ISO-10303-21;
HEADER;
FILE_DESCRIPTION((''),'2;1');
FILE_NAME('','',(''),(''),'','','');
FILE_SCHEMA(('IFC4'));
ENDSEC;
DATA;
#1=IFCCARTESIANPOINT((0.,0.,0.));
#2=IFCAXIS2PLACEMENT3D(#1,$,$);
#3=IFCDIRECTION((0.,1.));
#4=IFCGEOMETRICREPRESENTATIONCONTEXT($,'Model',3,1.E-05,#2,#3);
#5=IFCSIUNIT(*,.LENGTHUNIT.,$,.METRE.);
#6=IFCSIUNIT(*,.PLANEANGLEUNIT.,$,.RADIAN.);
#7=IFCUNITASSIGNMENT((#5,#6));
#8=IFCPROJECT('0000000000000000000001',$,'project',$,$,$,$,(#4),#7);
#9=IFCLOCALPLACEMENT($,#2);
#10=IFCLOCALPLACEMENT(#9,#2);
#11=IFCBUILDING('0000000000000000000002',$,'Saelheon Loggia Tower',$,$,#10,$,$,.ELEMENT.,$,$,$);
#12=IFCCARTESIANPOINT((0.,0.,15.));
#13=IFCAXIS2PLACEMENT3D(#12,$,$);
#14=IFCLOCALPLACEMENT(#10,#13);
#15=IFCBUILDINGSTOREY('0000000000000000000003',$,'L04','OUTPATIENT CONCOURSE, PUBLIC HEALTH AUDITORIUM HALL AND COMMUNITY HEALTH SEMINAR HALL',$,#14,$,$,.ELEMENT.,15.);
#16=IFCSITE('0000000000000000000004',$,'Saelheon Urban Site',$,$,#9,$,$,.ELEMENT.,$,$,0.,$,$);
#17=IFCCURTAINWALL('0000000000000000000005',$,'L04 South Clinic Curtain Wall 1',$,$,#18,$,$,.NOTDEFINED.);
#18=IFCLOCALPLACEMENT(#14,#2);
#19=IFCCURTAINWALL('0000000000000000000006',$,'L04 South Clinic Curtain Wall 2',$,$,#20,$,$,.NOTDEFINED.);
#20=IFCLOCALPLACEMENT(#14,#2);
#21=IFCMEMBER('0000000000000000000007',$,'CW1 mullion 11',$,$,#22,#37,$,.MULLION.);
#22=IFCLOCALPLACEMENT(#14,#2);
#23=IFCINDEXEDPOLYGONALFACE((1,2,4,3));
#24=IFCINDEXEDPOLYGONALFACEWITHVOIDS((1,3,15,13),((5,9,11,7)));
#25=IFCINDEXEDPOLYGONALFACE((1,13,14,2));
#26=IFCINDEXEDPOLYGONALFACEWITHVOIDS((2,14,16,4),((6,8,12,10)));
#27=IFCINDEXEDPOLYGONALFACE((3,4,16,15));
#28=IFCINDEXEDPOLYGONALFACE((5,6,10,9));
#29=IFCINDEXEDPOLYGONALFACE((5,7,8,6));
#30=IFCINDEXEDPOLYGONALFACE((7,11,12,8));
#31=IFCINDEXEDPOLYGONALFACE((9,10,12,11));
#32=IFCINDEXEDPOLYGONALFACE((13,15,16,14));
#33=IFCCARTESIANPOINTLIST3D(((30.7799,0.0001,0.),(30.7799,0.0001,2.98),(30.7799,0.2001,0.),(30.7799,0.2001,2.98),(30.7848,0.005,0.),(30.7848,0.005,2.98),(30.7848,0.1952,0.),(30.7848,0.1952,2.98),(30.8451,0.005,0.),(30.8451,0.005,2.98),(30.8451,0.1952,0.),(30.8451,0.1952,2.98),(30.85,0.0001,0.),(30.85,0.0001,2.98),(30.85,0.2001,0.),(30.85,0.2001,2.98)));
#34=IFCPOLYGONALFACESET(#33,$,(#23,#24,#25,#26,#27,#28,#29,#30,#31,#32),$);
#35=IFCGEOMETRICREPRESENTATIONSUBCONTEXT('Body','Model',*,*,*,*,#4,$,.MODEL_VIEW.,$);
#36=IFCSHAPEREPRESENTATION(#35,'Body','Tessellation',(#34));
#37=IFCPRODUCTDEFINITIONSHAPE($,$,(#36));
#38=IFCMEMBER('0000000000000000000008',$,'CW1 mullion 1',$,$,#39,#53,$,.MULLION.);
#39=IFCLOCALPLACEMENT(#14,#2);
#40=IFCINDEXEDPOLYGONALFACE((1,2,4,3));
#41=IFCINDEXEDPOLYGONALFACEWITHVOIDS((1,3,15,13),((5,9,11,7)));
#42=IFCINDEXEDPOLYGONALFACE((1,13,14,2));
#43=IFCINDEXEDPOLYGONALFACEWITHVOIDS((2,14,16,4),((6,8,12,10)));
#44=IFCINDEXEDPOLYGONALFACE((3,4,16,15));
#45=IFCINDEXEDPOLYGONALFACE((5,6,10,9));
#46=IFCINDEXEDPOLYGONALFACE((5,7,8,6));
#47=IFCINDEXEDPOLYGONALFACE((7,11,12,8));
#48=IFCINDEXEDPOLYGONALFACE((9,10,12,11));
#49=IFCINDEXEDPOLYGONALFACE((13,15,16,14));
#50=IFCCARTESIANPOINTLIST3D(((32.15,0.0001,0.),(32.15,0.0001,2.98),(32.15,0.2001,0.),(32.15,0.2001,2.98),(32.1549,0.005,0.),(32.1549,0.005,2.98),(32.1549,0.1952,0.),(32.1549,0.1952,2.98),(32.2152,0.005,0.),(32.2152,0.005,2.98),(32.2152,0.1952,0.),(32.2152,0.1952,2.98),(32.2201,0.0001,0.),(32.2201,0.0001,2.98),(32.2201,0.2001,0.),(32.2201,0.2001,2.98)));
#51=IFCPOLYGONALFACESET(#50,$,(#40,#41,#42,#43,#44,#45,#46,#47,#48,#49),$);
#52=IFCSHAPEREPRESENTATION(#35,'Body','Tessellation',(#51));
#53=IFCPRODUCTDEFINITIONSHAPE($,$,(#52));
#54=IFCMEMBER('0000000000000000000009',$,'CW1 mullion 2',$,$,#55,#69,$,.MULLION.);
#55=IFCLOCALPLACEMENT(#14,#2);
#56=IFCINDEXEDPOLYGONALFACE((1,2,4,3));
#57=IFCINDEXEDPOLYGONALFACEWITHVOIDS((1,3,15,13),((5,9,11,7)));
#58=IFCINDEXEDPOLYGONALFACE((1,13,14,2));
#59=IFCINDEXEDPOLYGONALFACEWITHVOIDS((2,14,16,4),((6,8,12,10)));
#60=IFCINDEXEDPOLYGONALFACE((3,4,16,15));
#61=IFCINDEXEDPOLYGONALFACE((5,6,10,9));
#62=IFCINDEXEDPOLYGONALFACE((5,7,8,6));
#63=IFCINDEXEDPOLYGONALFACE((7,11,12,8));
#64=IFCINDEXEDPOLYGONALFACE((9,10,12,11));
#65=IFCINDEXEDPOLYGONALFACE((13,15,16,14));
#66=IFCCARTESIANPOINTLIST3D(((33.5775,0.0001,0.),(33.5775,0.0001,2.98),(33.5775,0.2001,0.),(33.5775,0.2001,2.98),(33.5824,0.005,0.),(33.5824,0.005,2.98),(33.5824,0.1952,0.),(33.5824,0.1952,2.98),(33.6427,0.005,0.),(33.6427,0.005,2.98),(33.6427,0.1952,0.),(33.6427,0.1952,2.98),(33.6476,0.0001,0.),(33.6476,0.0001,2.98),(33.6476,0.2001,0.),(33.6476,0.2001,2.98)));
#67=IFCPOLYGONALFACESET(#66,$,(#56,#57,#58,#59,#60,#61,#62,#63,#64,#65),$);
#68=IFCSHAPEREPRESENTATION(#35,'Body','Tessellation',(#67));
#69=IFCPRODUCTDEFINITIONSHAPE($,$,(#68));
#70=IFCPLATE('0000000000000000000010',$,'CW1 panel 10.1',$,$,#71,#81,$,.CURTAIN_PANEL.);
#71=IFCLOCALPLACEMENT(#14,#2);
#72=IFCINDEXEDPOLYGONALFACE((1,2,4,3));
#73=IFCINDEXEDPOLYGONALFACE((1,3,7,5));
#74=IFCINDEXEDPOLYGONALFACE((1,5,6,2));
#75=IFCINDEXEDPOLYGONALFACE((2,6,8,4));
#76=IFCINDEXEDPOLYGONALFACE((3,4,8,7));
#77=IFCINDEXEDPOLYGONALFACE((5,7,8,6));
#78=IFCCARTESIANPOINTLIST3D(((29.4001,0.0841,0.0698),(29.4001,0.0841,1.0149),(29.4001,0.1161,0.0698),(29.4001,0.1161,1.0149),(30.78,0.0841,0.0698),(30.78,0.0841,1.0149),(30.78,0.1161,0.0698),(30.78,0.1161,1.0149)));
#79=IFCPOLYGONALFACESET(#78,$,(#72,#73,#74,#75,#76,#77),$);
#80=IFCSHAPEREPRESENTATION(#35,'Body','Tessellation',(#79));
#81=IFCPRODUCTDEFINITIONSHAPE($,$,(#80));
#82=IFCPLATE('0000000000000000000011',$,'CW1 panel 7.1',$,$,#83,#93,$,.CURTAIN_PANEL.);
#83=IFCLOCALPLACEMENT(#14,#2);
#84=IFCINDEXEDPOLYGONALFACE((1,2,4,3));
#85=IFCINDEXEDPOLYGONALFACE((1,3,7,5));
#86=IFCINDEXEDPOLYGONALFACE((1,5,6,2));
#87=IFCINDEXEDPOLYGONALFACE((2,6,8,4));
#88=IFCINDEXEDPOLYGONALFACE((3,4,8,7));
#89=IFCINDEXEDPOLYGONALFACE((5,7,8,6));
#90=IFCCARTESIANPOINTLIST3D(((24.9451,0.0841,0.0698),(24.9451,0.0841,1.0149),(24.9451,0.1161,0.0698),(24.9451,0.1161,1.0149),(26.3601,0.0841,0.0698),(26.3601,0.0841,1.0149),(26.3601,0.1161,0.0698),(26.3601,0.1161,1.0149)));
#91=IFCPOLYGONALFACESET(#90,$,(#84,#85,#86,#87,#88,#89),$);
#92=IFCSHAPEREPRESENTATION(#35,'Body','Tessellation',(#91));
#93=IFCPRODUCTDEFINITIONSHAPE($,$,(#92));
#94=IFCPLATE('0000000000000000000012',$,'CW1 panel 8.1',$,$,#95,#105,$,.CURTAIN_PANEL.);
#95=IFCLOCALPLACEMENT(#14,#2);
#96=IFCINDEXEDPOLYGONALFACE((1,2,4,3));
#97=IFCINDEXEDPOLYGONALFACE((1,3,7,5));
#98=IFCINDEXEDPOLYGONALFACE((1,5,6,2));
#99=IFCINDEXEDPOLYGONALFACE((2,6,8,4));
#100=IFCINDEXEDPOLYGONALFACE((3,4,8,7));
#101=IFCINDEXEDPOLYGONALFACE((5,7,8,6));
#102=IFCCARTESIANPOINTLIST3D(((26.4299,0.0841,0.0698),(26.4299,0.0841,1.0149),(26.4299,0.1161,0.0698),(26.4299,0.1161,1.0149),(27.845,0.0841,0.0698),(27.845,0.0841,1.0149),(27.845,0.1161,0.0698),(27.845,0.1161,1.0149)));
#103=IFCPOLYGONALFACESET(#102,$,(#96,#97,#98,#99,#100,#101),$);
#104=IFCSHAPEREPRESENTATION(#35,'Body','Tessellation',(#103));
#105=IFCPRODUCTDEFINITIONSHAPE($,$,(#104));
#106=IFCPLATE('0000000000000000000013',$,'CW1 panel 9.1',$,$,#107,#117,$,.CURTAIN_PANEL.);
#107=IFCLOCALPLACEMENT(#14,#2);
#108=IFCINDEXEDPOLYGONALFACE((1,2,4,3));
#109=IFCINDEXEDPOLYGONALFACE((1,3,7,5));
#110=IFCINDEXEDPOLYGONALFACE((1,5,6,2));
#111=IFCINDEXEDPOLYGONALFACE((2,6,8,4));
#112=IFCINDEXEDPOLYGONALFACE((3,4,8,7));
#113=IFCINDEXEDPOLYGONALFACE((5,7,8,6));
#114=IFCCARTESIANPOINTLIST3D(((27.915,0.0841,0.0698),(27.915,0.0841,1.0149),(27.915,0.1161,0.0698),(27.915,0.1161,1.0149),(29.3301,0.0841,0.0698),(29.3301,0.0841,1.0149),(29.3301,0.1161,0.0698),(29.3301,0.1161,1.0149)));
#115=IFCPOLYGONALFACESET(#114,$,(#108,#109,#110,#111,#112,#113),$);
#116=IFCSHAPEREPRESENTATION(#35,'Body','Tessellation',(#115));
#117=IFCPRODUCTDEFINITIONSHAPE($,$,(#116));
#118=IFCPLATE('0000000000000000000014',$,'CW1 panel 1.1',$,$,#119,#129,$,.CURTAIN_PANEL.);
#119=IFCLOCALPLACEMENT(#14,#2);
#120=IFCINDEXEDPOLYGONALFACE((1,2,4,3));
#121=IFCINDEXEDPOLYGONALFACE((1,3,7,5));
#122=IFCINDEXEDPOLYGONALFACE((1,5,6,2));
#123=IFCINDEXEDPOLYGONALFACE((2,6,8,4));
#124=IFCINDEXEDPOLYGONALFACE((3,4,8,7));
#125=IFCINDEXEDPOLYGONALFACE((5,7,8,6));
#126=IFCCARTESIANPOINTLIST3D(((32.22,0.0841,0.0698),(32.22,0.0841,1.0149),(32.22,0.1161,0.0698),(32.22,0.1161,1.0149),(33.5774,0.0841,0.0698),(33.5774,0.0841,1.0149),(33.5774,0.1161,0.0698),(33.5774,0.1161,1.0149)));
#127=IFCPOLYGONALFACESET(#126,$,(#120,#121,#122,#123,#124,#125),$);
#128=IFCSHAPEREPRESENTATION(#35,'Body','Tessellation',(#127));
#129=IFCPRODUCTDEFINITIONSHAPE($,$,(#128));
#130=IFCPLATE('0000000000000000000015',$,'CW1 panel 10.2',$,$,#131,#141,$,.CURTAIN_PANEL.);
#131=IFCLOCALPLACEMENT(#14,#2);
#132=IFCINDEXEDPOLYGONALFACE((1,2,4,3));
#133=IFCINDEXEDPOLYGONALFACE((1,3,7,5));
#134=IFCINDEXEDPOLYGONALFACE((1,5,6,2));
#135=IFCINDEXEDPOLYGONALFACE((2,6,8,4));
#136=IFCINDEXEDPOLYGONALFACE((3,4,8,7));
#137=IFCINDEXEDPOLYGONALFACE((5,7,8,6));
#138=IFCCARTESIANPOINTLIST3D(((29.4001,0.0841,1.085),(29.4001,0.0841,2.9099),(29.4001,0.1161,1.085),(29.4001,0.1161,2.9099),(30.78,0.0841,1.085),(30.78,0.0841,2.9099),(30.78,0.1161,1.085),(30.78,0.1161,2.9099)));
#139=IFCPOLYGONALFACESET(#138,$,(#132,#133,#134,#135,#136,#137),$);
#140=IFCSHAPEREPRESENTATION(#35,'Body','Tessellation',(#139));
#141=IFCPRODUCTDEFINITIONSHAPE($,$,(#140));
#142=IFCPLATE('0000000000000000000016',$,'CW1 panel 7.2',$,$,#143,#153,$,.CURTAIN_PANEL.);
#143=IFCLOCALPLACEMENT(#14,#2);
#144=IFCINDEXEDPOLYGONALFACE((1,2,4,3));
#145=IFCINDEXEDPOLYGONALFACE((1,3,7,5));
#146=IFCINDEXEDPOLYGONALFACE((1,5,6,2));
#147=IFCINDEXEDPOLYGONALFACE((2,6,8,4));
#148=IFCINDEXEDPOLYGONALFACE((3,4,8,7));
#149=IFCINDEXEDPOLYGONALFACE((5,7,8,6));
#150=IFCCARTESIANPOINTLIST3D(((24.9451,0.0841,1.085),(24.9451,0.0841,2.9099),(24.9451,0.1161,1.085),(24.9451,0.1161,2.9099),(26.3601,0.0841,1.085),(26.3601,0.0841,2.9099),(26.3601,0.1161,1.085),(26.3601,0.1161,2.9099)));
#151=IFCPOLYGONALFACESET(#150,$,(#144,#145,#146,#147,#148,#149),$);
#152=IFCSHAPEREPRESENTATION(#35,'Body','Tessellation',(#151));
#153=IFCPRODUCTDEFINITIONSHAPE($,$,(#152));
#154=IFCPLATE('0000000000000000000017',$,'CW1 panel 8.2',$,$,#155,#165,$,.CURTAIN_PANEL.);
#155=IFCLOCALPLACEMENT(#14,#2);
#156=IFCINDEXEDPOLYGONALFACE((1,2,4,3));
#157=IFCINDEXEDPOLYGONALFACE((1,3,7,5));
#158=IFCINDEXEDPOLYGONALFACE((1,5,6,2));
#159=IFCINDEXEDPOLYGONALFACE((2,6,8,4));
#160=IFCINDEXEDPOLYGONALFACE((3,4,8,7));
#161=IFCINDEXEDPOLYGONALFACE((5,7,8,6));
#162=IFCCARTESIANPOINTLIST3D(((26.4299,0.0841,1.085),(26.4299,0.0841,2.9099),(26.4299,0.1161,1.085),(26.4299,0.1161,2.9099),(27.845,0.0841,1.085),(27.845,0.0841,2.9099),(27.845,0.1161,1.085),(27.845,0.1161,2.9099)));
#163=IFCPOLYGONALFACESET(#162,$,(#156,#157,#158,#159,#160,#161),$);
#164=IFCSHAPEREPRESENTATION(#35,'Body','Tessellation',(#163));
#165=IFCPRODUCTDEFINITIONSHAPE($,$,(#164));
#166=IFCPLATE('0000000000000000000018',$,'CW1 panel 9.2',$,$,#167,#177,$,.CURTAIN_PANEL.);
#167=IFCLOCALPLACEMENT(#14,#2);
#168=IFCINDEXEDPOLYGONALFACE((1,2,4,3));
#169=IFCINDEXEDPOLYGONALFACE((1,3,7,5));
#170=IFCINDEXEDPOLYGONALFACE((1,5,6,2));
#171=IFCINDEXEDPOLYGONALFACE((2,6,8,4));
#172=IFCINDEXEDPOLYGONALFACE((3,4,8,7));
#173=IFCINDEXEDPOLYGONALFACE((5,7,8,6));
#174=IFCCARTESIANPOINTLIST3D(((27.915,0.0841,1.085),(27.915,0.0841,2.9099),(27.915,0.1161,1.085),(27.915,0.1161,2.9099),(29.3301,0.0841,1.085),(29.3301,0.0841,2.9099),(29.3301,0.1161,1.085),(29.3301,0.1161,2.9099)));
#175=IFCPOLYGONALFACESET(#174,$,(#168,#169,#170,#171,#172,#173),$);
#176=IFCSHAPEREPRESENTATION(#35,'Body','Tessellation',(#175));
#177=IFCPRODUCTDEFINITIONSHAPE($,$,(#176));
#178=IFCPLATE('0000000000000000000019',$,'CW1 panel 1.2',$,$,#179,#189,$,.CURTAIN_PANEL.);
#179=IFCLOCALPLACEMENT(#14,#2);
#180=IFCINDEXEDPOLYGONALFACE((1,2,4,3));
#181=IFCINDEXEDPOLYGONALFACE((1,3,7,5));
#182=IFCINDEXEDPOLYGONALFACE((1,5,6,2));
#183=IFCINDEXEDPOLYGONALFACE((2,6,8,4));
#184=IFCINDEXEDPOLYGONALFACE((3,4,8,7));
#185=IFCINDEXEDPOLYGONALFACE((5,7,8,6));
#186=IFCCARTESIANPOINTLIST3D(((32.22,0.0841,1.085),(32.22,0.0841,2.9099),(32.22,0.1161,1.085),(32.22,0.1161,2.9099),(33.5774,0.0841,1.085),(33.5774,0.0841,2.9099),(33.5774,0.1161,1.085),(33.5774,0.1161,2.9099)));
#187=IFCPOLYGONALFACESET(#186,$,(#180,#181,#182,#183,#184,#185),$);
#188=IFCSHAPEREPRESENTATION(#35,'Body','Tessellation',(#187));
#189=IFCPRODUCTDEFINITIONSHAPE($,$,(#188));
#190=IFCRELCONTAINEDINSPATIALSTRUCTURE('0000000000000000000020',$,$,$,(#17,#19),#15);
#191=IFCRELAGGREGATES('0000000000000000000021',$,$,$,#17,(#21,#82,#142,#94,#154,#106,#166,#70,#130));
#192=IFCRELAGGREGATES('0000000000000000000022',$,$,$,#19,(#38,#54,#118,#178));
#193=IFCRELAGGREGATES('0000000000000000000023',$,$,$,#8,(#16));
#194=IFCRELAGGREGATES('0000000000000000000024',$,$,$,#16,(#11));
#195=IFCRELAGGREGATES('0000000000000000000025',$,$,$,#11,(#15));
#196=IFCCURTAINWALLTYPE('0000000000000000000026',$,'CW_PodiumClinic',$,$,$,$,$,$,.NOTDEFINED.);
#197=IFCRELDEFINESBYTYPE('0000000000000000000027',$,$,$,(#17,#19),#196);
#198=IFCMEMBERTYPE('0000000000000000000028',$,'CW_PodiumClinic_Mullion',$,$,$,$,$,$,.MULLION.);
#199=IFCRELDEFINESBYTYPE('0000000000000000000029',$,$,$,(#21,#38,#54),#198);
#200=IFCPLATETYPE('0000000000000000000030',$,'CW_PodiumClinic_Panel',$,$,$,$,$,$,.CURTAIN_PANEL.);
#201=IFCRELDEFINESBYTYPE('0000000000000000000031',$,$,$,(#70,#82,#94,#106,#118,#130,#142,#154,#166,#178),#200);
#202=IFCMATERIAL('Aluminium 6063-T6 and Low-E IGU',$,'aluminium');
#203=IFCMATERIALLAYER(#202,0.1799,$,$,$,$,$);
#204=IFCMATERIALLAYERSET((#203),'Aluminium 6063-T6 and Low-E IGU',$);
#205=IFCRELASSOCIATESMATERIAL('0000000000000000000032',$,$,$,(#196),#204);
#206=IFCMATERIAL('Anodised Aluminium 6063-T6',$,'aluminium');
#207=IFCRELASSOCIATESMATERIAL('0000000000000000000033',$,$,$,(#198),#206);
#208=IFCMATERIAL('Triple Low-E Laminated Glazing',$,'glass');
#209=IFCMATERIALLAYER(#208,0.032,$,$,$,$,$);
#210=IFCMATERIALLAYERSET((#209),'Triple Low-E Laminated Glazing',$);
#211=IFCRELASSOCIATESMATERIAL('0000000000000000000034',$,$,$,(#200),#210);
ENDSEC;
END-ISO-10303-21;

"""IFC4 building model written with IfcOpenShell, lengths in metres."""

from ifc_helpers import new_model, si_unit, direction, frame, origin, origin_2d, place, context, subcontext, project, spatial, rectangle, hollow_rectangle, extrude, source, transform, mapped, material, layer, layer_set, material_profile, profile_set, type_object, element, aggregate, save


model = new_model("IFC4")

# Units and contexts
model_context = context("Model", 3, precision=1e-05, world=origin(), true_north=direction((0.0, 1.0)))
body_context = subcontext(model_context, "Body", "Model", "MODEL_VIEW")
ifc_project = project(units=[si_unit("LENGTHUNIT", "METRE"), si_unit("PLANEANGLEUNIT", "RADIAN")], contexts=[model_context])

# Site, building, storey
site_placement = place(None, origin())
site = spatial("IfcSite", under=ifc_project, at=site_placement, Name="Saelheon Urban Site", CompositionType="ELEMENT", RefElevation=0.0)
building_placement = place(site_placement, origin())
building = spatial("IfcBuilding", under=site, at=building_placement, Name="Saelheon Loggia Tower", CompositionType="ELEMENT")
storey_placement = place(building_placement, frame((0.0, 0.0, 15.0)))
storey = spatial("IfcBuildingStorey", under=building, at=storey_placement, Name="L04", Description="OUTPATIENT CONCOURSE, PUBLIC HEALTH AUDITORIUM HALL AND COMMUNITY HEALTH SEMINAR HALL", CompositionType="ELEMENT", Elevation=15.0)

# Curtain walls
ifc_material_1 = material(Name="Aluminium 6063-T6 and Low-E IGU", Category="aluminium")
ifc_layer_1 = layer(ifc_material_1, 0.1799)
ifc_layer_set_1 = layer_set([ifc_layer_1], Name="Aluminium 6063-T6 and Low-E IGU")
curtain_wall_type = type_object("IfcCurtainWallType", Name="CW_PodiumClinic", PredefinedType="NOTDEFINED", material=ifc_layer_set_1)
curtain_wall_1_placement = place(storey_placement, origin())
curtain_wall_1 = element("IfcCurtainWall", 1, at=curtain_wall_1_placement, inside=storey, type_object=curtain_wall_type, Name="L04 South Clinic Curtain Wall 1", PredefinedType="NOTDEFINED")
ifc_material_2 = material(Name="Anodised Aluminium 6063-T6", Category="aluminium")
curtain_wall_2_placement = place(storey_placement, origin())
curtain_wall_2 = element("IfcCurtainWall", 2, at=curtain_wall_2_placement, inside=storey, type_object=curtain_wall_type, Name="L04 South Clinic Curtain Wall 2", PredefinedType="NOTDEFINED")

# Members
ifc_material_profile_1 = material_profile(ifc_material_2, hollow_rectangle(XDim=0.0701, YDim=0.2, WallThickness=0.0049, at=origin_2d()), Name="RHS-200x70x5")
ifc_profile_set_1 = profile_set([ifc_material_profile_1], Name="Anodised Aluminium 6063-T6")
member_type_1 = type_object("IfcMemberType", Name="CW_PodiumClinic_Mullion", PredefinedType="MULLION", material=ifc_profile_set_1)
shared_shape_1 = source(origin(), body_context, "Body", "SweptSolid", [
    extrude(hollow_rectangle(XDim=0.0701, YDim=0.2, WallThickness=0.0049, at=origin_2d()), origin(), (0.0, 0.0, 1.0), 2.98),
])
member_1_placement = place(storey_placement, frame((30.8149, 0.1001, 0.0), z_axis=(0.0, 0.0, 1.0), x_axis=(1.0, 0.0, 0.0)))
member_1 = element("IfcMember", 3, at=member_1_placement, type_object=member_type_1, Name="CW1 mullion 11", PredefinedType="MULLION", context=body_context, shape_type="MappedRepresentation", body=[
    mapped(shared_shape_1, transform((0.0, 0.0, 0.0), scale=1.0)),
])
member_2_placement = place(storey_placement, frame((32.1851, 0.1001, 0.0), z_axis=(0.0, 0.0, 1.0), x_axis=(1.0, 0.0, 0.0)))
member_2 = element("IfcMember", 4, at=member_2_placement, type_object=member_type_1, Name="CW1 mullion 1", PredefinedType="MULLION", context=body_context, shape_type="MappedRepresentation", body=[
    mapped(shared_shape_1, transform((0.0, 0.0, 0.0), scale=1.0)),
])
member_3_placement = place(storey_placement, frame((33.6125, 0.1001, 0.0), z_axis=(0.0, 0.0, 1.0), x_axis=(1.0, 0.0, 0.0)))
member_3 = element("IfcMember", 5, at=member_3_placement, type_object=member_type_1, Name="CW1 mullion 2", PredefinedType="MULLION", context=body_context, shape_type="MappedRepresentation", body=[
    mapped(shared_shape_1, transform((0.0, 0.0, 0.0), scale=1.0)),
])

# Plates
ifc_material_3 = material(Name="Triple Low-E Laminated Glazing", Category="glass")
ifc_layer_2 = layer(ifc_material_3, 0.032)
ifc_layer_set_2 = layer_set([ifc_layer_2], Name="Triple Low-E Laminated Glazing")
plate_type = type_object("IfcPlateType", Name="CW_PodiumClinic_Panel", PredefinedType="CURTAIN_PANEL", material=ifc_layer_set_2)
shared_shape_2 = source(origin(), body_context, "Body", "SweptSolid", [
    extrude(rectangle(XDim=1.3799, YDim=0.032, at=origin_2d()), origin(), (0.0, 0.0, 1.0), 0.9451),
])
plate_1_placement = place(storey_placement, frame((30.0901, 0.1001, 0.0698), z_axis=(0.0, 0.0, 1.0), x_axis=(1.0, 0.0, 0.0)))
plate_1 = element("IfcPlate", 6, at=plate_1_placement, type_object=plate_type, Name="CW1 panel 10.1", PredefinedType="CURTAIN_PANEL", context=body_context, shape_type="MappedRepresentation", body=[
    mapped(shared_shape_2, transform((0.0, 0.0, 0.0), scale=1.0)),
])
shared_shape_3 = source(origin(), body_context, "Body", "SweptSolid", [
    extrude(rectangle(XDim=1.415, YDim=0.032, at=origin_2d()), origin(), (0.0, 0.0, 1.0), 0.9451),
])
plate_2_placement = place(storey_placement, frame((25.6526, 0.1001, 0.0698), z_axis=(0.0, 0.0, 1.0), x_axis=(1.0, 0.0, 0.0)))
plate_2 = element("IfcPlate", 7, at=plate_2_placement, type_object=plate_type, Name="CW1 panel 7.1", PredefinedType="CURTAIN_PANEL", context=body_context, shape_type="MappedRepresentation", body=[
    mapped(shared_shape_3, transform((0.0, 0.0, 0.0), scale=1.0)),
])
plate_3_placement = place(storey_placement, frame((27.1375, 0.1001, 0.0698), z_axis=(0.0, 0.0, 1.0), x_axis=(1.0, 0.0, 0.0)))
plate_3 = element("IfcPlate", 8, at=plate_3_placement, type_object=plate_type, Name="CW1 panel 8.1", PredefinedType="CURTAIN_PANEL", context=body_context, shape_type="MappedRepresentation", body=[
    mapped(shared_shape_3, transform((0.0, 0.0, 0.0), scale=1.0)),
])
plate_4_placement = place(storey_placement, frame((28.6226, 0.1001, 0.0698), z_axis=(0.0, 0.0, 1.0), x_axis=(1.0, 0.0, 0.0)))
plate_4 = element("IfcPlate", 9, at=plate_4_placement, type_object=plate_type, Name="CW1 panel 9.1", PredefinedType="CURTAIN_PANEL", context=body_context, shape_type="MappedRepresentation", body=[
    mapped(shared_shape_3, transform((0.0, 0.0, 0.0), scale=1.0)),
])
shared_shape_4 = source(origin(), body_context, "Body", "SweptSolid", [
    extrude(rectangle(XDim=1.3574, YDim=0.032, at=origin_2d()), origin(), (0.0, 0.0, 1.0), 0.9451),
])
plate_5_placement = place(storey_placement, frame((32.8987, 0.1001, 0.0698), z_axis=(0.0, 0.0, 1.0), x_axis=(1.0, 0.0, 0.0)))
plate_5 = element("IfcPlate", 10, at=plate_5_placement, type_object=plate_type, Name="CW1 panel 1.1", PredefinedType="CURTAIN_PANEL", context=body_context, shape_type="MappedRepresentation", body=[
    mapped(shared_shape_4, transform((0.0, 0.0, 0.0), scale=1.0)),
])
shared_shape_5 = source(origin(), body_context, "Body", "SweptSolid", [
    extrude(rectangle(XDim=1.3799, YDim=0.032, at=origin_2d()), origin(), (0.0, 0.0, 1.0), 1.825),
])
plate_6_placement = place(storey_placement, frame((30.0901, 0.1001, 1.085), z_axis=(0.0, 0.0, 1.0), x_axis=(1.0, 0.0, 0.0)))
plate_6 = element("IfcPlate", 11, at=plate_6_placement, type_object=plate_type, Name="CW1 panel 10.2", PredefinedType="CURTAIN_PANEL", context=body_context, shape_type="MappedRepresentation", body=[
    mapped(shared_shape_5, transform((0.0, 0.0, 0.0), scale=1.0)),
])
shared_shape_6 = source(origin(), body_context, "Body", "SweptSolid", [
    extrude(rectangle(XDim=1.415, YDim=0.032, at=origin_2d()), origin(), (0.0, 0.0, 1.0), 1.825),
])
plate_7_placement = place(storey_placement, frame((25.6526, 0.1001, 1.085), z_axis=(0.0, 0.0, 1.0), x_axis=(1.0, 0.0, 0.0)))
plate_7 = element("IfcPlate", 12, at=plate_7_placement, type_object=plate_type, Name="CW1 panel 7.2", PredefinedType="CURTAIN_PANEL", context=body_context, shape_type="MappedRepresentation", body=[
    mapped(shared_shape_6, transform((0.0, 0.0, 0.0), scale=1.0)),
])
plate_8_placement = place(storey_placement, frame((27.1375, 0.1001, 1.085), z_axis=(0.0, 0.0, 1.0), x_axis=(1.0, 0.0, 0.0)))
plate_8 = element("IfcPlate", 13, at=plate_8_placement, type_object=plate_type, Name="CW1 panel 8.2", PredefinedType="CURTAIN_PANEL", context=body_context, shape_type="MappedRepresentation", body=[
    mapped(shared_shape_6, transform((0.0, 0.0, 0.0), scale=1.0)),
])
plate_9_placement = place(storey_placement, frame((28.6226, 0.1001, 1.085), z_axis=(0.0, 0.0, 1.0), x_axis=(1.0, 0.0, 0.0)))
plate_9 = element("IfcPlate", 14, at=plate_9_placement, type_object=plate_type, Name="CW1 panel 9.2", PredefinedType="CURTAIN_PANEL", context=body_context, shape_type="MappedRepresentation", body=[
    mapped(shared_shape_6, transform((0.0, 0.0, 0.0), scale=1.0)),
])
aggregate(curtain_wall_1, [member_1, plate_2, plate_7, plate_3, plate_8, plate_4, plate_9, plate_1, plate_6])
shared_shape_7 = source(origin(), body_context, "Body", "SweptSolid", [
    extrude(rectangle(XDim=1.3574, YDim=0.032, at=origin_2d()), origin(), (0.0, 0.0, 1.0), 1.825),
])
plate_10_placement = place(storey_placement, frame((32.8987, 0.1001, 1.085), z_axis=(0.0, 0.0, 1.0), x_axis=(1.0, 0.0, 0.0)))
plate_10 = element("IfcPlate", 15, at=plate_10_placement, type_object=plate_type, Name="CW1 panel 1.2", PredefinedType="CURTAIN_PANEL", context=body_context, shape_type="MappedRepresentation", body=[
    mapped(shared_shape_7, transform((0.0, 0.0, 0.0), scale=1.0)),
])
aggregate(curtain_wall_2, [member_2, member_3, plate_5, plate_10])

save(model, "model.ifc")
